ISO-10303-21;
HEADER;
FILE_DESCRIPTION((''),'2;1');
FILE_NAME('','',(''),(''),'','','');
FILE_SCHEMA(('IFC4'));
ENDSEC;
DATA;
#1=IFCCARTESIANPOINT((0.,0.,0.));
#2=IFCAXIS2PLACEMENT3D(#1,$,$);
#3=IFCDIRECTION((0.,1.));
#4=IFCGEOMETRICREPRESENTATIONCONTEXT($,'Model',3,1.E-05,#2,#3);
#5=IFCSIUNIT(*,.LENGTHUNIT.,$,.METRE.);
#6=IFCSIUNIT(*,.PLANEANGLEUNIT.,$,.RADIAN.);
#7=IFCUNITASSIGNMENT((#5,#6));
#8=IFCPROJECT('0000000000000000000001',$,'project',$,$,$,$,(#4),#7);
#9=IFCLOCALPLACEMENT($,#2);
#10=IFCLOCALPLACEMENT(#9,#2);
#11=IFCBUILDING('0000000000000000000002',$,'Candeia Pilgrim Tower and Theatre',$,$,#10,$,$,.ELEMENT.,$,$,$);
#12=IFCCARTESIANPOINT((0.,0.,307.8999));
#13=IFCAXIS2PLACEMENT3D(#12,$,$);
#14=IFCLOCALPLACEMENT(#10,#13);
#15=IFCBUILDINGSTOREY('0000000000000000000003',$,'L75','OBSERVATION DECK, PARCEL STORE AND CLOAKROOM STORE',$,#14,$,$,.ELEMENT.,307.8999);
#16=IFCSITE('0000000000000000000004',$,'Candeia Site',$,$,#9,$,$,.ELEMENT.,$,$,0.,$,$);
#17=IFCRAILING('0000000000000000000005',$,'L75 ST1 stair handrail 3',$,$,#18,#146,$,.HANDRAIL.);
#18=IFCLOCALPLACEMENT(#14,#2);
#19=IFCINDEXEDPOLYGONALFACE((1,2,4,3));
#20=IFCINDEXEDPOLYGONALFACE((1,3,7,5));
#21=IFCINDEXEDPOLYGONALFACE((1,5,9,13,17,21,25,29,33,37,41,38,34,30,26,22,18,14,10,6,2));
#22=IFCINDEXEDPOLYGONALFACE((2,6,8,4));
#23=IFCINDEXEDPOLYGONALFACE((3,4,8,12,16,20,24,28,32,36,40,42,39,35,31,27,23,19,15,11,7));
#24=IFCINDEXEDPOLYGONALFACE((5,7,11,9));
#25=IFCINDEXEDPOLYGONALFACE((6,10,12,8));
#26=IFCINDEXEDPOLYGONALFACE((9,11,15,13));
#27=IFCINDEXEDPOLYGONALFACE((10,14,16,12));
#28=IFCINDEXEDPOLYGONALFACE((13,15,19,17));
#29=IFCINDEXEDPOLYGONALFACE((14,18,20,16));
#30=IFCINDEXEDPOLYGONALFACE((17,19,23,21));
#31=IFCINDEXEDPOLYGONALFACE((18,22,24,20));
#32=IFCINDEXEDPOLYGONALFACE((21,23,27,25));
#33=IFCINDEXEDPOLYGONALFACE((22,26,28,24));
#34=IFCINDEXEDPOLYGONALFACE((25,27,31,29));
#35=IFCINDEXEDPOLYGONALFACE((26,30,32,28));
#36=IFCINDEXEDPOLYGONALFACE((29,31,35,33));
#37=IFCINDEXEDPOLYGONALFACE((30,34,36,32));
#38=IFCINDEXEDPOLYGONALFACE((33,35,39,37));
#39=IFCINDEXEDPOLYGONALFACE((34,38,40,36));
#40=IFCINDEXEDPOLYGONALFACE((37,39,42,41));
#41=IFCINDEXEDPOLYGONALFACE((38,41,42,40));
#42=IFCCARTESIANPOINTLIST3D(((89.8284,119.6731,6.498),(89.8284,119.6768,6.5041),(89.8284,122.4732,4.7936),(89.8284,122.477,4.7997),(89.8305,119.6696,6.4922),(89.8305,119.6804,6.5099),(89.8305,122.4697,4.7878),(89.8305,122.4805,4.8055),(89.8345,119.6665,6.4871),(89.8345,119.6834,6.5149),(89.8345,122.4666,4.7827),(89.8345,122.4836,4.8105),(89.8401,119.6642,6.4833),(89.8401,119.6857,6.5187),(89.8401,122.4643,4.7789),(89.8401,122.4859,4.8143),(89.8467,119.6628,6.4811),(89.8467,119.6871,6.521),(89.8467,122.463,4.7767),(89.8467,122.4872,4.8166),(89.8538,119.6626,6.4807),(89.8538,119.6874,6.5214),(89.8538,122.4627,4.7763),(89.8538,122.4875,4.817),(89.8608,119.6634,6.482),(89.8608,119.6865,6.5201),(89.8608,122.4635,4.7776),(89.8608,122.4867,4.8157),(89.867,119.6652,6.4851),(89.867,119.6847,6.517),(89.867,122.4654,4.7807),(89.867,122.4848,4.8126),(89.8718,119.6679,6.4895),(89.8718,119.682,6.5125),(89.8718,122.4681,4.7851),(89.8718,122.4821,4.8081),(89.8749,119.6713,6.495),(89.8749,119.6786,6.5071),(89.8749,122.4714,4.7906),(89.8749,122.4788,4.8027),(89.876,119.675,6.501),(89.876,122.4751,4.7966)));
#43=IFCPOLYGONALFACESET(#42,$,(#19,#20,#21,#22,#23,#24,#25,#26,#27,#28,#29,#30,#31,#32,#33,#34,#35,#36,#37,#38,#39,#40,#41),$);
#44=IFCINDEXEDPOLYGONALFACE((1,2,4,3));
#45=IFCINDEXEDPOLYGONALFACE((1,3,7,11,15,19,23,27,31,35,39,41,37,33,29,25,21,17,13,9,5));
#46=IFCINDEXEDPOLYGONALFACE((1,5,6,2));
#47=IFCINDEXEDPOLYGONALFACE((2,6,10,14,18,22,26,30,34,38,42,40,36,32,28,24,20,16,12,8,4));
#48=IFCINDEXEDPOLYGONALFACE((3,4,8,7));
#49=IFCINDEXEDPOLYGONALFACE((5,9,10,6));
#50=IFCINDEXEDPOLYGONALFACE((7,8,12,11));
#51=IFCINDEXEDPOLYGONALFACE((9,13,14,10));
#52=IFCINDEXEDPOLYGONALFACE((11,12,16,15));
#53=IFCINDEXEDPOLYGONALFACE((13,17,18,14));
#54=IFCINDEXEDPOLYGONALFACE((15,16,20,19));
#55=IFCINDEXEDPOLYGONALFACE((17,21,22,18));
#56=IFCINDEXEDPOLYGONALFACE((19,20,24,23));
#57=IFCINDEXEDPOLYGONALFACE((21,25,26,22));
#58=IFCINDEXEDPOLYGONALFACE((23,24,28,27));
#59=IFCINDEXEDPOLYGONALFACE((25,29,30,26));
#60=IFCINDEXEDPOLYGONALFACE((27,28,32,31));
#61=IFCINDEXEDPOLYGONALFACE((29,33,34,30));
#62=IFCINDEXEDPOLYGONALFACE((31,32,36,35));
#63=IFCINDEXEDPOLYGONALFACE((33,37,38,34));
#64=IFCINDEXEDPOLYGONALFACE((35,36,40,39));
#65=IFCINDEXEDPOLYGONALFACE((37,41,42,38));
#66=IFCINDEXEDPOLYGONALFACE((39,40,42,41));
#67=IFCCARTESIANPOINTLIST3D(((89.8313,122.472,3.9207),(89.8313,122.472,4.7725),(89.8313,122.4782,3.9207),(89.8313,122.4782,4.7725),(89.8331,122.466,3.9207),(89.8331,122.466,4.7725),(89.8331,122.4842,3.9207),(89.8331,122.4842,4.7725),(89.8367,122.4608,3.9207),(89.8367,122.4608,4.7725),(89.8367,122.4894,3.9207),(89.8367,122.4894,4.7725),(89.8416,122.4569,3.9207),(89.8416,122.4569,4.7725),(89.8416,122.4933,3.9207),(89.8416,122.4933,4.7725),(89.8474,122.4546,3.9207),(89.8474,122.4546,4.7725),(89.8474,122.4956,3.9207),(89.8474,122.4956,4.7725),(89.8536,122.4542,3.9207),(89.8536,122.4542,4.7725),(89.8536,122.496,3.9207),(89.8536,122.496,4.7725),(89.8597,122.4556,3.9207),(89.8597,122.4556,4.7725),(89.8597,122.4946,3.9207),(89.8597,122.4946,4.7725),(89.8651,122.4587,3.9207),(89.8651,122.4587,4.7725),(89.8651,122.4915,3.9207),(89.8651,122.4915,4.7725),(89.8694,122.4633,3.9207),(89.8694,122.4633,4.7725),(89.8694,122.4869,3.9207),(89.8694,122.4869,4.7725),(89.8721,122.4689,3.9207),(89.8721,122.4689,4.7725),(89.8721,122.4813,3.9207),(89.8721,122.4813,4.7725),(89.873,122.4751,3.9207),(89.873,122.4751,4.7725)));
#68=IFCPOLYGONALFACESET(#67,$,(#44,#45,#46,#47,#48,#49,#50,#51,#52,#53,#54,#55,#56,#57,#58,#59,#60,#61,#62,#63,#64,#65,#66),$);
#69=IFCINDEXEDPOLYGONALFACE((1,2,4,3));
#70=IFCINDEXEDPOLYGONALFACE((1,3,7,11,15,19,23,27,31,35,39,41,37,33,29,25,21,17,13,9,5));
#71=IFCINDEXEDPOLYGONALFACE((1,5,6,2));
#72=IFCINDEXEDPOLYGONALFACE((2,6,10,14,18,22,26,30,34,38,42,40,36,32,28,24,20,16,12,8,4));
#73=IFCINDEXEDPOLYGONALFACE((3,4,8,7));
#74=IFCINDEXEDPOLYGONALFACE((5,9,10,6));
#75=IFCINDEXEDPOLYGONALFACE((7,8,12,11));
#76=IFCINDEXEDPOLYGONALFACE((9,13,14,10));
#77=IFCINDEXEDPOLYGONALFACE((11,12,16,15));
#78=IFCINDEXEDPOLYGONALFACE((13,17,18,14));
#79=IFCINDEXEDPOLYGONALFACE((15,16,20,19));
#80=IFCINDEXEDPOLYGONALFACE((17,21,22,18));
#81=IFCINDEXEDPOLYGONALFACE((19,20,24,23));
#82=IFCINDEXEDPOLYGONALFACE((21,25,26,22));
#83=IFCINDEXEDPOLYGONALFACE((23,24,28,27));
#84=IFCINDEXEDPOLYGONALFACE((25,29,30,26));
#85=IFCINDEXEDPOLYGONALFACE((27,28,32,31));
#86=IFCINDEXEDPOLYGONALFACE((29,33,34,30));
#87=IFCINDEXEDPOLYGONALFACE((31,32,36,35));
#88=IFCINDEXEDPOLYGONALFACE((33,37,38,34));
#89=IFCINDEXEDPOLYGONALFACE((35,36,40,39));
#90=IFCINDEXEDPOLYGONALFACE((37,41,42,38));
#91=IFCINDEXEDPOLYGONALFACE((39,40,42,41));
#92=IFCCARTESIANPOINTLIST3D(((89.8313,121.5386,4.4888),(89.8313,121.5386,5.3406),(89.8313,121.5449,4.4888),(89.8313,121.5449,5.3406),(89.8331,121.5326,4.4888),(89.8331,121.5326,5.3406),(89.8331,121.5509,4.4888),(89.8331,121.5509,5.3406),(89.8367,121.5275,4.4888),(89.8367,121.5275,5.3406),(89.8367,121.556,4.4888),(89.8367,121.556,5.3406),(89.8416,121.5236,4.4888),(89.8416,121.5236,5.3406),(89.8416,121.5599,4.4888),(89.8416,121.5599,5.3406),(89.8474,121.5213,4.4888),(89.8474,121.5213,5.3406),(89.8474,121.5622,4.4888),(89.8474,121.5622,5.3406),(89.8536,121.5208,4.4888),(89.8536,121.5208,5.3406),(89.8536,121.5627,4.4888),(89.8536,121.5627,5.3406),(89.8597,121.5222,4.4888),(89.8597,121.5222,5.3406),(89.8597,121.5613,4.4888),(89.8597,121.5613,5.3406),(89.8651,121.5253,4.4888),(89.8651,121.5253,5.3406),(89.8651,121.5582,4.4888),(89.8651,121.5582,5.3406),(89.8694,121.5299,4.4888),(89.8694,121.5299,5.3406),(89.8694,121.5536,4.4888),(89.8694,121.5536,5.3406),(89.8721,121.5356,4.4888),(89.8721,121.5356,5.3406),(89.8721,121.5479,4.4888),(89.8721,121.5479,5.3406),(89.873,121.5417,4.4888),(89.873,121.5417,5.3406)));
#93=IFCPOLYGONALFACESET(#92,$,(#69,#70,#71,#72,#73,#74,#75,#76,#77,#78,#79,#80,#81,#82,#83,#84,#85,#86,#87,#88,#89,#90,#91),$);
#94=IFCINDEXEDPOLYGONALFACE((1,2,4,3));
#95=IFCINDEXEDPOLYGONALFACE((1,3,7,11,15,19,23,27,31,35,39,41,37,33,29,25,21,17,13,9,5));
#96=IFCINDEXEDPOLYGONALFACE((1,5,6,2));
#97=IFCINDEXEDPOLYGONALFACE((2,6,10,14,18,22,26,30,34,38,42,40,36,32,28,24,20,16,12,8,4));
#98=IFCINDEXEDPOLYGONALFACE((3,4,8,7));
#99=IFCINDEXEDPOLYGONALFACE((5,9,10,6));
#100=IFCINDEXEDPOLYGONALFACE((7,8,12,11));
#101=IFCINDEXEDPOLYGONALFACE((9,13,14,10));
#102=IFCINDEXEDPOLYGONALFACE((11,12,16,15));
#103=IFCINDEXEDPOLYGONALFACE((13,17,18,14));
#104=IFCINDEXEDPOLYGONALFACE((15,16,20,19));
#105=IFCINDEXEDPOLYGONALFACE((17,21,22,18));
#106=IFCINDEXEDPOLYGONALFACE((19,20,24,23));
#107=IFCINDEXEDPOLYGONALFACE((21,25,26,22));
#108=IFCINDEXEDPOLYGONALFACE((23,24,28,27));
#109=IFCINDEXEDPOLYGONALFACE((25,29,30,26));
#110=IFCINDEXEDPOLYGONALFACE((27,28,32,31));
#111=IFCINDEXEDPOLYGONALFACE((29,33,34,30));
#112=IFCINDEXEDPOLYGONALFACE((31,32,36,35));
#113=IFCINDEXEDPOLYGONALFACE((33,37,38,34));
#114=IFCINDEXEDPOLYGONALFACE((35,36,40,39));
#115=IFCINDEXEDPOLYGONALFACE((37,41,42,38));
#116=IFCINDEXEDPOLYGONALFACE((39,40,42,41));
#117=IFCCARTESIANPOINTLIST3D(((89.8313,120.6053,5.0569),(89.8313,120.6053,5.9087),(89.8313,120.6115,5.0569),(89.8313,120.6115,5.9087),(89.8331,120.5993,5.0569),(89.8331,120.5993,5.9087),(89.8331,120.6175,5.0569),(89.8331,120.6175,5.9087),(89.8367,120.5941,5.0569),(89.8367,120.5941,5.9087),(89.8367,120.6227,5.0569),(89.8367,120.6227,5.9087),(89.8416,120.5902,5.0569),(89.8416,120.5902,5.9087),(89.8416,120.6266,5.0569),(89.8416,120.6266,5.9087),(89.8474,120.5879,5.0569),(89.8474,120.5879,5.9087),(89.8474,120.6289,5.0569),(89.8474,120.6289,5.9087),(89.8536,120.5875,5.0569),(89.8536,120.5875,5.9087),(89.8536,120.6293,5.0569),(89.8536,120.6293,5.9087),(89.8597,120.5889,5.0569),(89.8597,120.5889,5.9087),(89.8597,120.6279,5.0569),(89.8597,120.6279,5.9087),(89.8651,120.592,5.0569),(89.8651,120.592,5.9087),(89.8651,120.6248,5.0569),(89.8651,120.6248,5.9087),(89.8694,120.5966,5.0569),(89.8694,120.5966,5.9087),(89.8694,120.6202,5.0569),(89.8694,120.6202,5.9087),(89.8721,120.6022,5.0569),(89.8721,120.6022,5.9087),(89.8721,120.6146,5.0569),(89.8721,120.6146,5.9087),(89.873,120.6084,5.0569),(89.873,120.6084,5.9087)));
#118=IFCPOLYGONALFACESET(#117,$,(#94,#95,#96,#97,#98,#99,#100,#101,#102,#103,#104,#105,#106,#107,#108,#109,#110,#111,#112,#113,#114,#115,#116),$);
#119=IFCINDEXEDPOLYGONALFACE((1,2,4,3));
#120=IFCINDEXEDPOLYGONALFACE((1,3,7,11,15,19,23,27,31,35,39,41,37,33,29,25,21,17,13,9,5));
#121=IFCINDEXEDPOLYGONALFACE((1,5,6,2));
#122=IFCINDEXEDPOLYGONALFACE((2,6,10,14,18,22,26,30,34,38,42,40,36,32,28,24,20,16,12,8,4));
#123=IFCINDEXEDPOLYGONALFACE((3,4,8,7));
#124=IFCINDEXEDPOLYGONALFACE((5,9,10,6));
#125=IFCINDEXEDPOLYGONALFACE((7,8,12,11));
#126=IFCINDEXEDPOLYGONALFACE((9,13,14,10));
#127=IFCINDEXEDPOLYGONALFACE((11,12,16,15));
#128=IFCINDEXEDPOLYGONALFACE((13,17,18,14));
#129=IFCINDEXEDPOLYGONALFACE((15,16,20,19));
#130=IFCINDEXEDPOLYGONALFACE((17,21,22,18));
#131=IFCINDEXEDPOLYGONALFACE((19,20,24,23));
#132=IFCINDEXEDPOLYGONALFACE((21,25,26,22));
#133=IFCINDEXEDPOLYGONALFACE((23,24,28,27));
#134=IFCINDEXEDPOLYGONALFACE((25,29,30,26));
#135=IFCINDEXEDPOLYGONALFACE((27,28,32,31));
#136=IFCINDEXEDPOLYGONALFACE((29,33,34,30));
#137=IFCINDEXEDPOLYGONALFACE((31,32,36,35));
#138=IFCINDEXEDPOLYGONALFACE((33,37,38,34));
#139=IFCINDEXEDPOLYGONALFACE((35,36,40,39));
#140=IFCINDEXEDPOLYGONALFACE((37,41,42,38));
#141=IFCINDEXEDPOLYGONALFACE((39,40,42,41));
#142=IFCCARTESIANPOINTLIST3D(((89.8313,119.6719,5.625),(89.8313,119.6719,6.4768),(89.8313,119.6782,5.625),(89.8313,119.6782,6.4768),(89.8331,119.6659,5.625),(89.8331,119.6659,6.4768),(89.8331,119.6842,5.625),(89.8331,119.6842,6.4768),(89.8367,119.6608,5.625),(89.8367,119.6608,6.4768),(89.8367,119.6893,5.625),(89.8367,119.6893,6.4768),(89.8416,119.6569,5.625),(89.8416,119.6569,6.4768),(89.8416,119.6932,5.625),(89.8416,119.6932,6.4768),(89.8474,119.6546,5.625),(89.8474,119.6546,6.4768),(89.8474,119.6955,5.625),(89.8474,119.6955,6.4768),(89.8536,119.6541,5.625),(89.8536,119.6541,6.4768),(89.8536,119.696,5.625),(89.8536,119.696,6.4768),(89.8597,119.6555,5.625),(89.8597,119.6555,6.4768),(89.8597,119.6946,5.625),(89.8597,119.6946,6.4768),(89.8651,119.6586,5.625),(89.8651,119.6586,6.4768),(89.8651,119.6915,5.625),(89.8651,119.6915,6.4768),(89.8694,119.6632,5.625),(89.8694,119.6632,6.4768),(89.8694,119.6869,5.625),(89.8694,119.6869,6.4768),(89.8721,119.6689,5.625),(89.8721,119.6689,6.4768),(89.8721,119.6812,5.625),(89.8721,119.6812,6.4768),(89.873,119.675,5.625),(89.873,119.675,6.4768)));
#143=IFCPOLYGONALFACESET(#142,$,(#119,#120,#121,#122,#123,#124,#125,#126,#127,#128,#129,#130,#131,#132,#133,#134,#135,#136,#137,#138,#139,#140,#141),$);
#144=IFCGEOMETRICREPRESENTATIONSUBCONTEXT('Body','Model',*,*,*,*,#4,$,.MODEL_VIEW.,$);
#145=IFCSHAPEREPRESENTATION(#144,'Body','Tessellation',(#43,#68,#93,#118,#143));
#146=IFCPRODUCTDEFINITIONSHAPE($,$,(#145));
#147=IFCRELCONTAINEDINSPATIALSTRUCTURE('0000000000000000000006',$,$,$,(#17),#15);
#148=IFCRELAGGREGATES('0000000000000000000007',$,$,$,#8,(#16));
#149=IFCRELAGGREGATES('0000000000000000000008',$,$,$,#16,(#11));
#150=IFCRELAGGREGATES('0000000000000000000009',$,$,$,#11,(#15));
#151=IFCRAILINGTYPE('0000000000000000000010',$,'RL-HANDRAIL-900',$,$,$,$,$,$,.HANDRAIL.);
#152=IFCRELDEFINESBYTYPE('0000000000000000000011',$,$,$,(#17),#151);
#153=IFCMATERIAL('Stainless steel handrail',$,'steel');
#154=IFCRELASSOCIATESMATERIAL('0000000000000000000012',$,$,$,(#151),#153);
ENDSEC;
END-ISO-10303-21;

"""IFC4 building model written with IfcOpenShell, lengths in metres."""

from ifc_helpers import new_model, si_unit, direction, frame, origin, origin_2d, place, context, subcontext, project, spatial, circle, extrude, material, type_object, element, save


model = new_model("IFC4")

# Units and contexts
model_context = context("Model", 3, precision=1e-05, world=origin(), true_north=direction((0.0, 1.0)))
body_context = subcontext(model_context, "Body", "Model", "MODEL_VIEW")
ifc_project = project(units=[si_unit("LENGTHUNIT", "METRE"), si_unit("PLANEANGLEUNIT", "RADIAN")], contexts=[model_context])

# Site, building, storey
site_placement = place(None, origin())
site = spatial("IfcSite", under=ifc_project, at=site_placement, Name="Candeia Site", CompositionType="ELEMENT", RefElevation=0.0)
building_placement = place(site_placement, origin())
building = spatial("IfcBuilding", under=site, at=building_placement, Name="Candeia Pilgrim Tower and Theatre", CompositionType="ELEMENT")
storey_placement = place(building_placement, frame((0.0, 0.0, 307.8999)))
storey = spatial("IfcBuildingStorey", under=building, at=storey_placement, Name="L75", Description="OBSERVATION DECK, PARCEL STORE AND CLOAKROOM STORE", CompositionType="ELEMENT", Elevation=307.8999)

# Railing
ifc_material_1 = material(Name="Stainless steel handrail", Category="steel")
railing_type_1 = type_object("IfcRailingType", Name="RL-HANDRAIL-900", PredefinedType="HANDRAIL", material=ifc_material_1)
for number, where, name in (
    (1, (89.8521, 122.4751, 3.9207), "L75 ST1 stair handrail 3"),
):
    element("IfcRailing", number, at=place(storey_placement, frame(where)), inside=storey, type_object=railing_type_1, Name=name, PredefinedType="HANDRAIL", context=body_context, shape_type="SweptSolid", body=[
        extrude(circle(Radius=0.0239, at=origin_2d()), frame((0.0, 0.0, 0.876), z_axis=(0.0, -0.854203, 0.51994), x_axis=(1.0, 0.0, 0.0)), (0.0, 0.0, 1.0), 3.2781),
        extrude(circle(Radius=0.021, at=origin_2d()), origin(), (0.0, 0.0, 1.0), 0.8518),
        extrude(circle(Radius=0.021, at=origin_2d()), frame((0.0, -0.9333, 0.5681)), (0.0, 0.0, 1.0), 0.8518),
        extrude(circle(Radius=0.021, at=origin_2d()), frame((0.0, -1.8667, 1.1362)), (0.0, 0.0, 1.0), 0.8518),
        extrude(circle(Radius=0.021, at=origin_2d()), frame((0.0, -2.8, 1.7043)), (0.0, 0.0, 1.0), 0.8518),
    ])

save(model, "model.ifc")
